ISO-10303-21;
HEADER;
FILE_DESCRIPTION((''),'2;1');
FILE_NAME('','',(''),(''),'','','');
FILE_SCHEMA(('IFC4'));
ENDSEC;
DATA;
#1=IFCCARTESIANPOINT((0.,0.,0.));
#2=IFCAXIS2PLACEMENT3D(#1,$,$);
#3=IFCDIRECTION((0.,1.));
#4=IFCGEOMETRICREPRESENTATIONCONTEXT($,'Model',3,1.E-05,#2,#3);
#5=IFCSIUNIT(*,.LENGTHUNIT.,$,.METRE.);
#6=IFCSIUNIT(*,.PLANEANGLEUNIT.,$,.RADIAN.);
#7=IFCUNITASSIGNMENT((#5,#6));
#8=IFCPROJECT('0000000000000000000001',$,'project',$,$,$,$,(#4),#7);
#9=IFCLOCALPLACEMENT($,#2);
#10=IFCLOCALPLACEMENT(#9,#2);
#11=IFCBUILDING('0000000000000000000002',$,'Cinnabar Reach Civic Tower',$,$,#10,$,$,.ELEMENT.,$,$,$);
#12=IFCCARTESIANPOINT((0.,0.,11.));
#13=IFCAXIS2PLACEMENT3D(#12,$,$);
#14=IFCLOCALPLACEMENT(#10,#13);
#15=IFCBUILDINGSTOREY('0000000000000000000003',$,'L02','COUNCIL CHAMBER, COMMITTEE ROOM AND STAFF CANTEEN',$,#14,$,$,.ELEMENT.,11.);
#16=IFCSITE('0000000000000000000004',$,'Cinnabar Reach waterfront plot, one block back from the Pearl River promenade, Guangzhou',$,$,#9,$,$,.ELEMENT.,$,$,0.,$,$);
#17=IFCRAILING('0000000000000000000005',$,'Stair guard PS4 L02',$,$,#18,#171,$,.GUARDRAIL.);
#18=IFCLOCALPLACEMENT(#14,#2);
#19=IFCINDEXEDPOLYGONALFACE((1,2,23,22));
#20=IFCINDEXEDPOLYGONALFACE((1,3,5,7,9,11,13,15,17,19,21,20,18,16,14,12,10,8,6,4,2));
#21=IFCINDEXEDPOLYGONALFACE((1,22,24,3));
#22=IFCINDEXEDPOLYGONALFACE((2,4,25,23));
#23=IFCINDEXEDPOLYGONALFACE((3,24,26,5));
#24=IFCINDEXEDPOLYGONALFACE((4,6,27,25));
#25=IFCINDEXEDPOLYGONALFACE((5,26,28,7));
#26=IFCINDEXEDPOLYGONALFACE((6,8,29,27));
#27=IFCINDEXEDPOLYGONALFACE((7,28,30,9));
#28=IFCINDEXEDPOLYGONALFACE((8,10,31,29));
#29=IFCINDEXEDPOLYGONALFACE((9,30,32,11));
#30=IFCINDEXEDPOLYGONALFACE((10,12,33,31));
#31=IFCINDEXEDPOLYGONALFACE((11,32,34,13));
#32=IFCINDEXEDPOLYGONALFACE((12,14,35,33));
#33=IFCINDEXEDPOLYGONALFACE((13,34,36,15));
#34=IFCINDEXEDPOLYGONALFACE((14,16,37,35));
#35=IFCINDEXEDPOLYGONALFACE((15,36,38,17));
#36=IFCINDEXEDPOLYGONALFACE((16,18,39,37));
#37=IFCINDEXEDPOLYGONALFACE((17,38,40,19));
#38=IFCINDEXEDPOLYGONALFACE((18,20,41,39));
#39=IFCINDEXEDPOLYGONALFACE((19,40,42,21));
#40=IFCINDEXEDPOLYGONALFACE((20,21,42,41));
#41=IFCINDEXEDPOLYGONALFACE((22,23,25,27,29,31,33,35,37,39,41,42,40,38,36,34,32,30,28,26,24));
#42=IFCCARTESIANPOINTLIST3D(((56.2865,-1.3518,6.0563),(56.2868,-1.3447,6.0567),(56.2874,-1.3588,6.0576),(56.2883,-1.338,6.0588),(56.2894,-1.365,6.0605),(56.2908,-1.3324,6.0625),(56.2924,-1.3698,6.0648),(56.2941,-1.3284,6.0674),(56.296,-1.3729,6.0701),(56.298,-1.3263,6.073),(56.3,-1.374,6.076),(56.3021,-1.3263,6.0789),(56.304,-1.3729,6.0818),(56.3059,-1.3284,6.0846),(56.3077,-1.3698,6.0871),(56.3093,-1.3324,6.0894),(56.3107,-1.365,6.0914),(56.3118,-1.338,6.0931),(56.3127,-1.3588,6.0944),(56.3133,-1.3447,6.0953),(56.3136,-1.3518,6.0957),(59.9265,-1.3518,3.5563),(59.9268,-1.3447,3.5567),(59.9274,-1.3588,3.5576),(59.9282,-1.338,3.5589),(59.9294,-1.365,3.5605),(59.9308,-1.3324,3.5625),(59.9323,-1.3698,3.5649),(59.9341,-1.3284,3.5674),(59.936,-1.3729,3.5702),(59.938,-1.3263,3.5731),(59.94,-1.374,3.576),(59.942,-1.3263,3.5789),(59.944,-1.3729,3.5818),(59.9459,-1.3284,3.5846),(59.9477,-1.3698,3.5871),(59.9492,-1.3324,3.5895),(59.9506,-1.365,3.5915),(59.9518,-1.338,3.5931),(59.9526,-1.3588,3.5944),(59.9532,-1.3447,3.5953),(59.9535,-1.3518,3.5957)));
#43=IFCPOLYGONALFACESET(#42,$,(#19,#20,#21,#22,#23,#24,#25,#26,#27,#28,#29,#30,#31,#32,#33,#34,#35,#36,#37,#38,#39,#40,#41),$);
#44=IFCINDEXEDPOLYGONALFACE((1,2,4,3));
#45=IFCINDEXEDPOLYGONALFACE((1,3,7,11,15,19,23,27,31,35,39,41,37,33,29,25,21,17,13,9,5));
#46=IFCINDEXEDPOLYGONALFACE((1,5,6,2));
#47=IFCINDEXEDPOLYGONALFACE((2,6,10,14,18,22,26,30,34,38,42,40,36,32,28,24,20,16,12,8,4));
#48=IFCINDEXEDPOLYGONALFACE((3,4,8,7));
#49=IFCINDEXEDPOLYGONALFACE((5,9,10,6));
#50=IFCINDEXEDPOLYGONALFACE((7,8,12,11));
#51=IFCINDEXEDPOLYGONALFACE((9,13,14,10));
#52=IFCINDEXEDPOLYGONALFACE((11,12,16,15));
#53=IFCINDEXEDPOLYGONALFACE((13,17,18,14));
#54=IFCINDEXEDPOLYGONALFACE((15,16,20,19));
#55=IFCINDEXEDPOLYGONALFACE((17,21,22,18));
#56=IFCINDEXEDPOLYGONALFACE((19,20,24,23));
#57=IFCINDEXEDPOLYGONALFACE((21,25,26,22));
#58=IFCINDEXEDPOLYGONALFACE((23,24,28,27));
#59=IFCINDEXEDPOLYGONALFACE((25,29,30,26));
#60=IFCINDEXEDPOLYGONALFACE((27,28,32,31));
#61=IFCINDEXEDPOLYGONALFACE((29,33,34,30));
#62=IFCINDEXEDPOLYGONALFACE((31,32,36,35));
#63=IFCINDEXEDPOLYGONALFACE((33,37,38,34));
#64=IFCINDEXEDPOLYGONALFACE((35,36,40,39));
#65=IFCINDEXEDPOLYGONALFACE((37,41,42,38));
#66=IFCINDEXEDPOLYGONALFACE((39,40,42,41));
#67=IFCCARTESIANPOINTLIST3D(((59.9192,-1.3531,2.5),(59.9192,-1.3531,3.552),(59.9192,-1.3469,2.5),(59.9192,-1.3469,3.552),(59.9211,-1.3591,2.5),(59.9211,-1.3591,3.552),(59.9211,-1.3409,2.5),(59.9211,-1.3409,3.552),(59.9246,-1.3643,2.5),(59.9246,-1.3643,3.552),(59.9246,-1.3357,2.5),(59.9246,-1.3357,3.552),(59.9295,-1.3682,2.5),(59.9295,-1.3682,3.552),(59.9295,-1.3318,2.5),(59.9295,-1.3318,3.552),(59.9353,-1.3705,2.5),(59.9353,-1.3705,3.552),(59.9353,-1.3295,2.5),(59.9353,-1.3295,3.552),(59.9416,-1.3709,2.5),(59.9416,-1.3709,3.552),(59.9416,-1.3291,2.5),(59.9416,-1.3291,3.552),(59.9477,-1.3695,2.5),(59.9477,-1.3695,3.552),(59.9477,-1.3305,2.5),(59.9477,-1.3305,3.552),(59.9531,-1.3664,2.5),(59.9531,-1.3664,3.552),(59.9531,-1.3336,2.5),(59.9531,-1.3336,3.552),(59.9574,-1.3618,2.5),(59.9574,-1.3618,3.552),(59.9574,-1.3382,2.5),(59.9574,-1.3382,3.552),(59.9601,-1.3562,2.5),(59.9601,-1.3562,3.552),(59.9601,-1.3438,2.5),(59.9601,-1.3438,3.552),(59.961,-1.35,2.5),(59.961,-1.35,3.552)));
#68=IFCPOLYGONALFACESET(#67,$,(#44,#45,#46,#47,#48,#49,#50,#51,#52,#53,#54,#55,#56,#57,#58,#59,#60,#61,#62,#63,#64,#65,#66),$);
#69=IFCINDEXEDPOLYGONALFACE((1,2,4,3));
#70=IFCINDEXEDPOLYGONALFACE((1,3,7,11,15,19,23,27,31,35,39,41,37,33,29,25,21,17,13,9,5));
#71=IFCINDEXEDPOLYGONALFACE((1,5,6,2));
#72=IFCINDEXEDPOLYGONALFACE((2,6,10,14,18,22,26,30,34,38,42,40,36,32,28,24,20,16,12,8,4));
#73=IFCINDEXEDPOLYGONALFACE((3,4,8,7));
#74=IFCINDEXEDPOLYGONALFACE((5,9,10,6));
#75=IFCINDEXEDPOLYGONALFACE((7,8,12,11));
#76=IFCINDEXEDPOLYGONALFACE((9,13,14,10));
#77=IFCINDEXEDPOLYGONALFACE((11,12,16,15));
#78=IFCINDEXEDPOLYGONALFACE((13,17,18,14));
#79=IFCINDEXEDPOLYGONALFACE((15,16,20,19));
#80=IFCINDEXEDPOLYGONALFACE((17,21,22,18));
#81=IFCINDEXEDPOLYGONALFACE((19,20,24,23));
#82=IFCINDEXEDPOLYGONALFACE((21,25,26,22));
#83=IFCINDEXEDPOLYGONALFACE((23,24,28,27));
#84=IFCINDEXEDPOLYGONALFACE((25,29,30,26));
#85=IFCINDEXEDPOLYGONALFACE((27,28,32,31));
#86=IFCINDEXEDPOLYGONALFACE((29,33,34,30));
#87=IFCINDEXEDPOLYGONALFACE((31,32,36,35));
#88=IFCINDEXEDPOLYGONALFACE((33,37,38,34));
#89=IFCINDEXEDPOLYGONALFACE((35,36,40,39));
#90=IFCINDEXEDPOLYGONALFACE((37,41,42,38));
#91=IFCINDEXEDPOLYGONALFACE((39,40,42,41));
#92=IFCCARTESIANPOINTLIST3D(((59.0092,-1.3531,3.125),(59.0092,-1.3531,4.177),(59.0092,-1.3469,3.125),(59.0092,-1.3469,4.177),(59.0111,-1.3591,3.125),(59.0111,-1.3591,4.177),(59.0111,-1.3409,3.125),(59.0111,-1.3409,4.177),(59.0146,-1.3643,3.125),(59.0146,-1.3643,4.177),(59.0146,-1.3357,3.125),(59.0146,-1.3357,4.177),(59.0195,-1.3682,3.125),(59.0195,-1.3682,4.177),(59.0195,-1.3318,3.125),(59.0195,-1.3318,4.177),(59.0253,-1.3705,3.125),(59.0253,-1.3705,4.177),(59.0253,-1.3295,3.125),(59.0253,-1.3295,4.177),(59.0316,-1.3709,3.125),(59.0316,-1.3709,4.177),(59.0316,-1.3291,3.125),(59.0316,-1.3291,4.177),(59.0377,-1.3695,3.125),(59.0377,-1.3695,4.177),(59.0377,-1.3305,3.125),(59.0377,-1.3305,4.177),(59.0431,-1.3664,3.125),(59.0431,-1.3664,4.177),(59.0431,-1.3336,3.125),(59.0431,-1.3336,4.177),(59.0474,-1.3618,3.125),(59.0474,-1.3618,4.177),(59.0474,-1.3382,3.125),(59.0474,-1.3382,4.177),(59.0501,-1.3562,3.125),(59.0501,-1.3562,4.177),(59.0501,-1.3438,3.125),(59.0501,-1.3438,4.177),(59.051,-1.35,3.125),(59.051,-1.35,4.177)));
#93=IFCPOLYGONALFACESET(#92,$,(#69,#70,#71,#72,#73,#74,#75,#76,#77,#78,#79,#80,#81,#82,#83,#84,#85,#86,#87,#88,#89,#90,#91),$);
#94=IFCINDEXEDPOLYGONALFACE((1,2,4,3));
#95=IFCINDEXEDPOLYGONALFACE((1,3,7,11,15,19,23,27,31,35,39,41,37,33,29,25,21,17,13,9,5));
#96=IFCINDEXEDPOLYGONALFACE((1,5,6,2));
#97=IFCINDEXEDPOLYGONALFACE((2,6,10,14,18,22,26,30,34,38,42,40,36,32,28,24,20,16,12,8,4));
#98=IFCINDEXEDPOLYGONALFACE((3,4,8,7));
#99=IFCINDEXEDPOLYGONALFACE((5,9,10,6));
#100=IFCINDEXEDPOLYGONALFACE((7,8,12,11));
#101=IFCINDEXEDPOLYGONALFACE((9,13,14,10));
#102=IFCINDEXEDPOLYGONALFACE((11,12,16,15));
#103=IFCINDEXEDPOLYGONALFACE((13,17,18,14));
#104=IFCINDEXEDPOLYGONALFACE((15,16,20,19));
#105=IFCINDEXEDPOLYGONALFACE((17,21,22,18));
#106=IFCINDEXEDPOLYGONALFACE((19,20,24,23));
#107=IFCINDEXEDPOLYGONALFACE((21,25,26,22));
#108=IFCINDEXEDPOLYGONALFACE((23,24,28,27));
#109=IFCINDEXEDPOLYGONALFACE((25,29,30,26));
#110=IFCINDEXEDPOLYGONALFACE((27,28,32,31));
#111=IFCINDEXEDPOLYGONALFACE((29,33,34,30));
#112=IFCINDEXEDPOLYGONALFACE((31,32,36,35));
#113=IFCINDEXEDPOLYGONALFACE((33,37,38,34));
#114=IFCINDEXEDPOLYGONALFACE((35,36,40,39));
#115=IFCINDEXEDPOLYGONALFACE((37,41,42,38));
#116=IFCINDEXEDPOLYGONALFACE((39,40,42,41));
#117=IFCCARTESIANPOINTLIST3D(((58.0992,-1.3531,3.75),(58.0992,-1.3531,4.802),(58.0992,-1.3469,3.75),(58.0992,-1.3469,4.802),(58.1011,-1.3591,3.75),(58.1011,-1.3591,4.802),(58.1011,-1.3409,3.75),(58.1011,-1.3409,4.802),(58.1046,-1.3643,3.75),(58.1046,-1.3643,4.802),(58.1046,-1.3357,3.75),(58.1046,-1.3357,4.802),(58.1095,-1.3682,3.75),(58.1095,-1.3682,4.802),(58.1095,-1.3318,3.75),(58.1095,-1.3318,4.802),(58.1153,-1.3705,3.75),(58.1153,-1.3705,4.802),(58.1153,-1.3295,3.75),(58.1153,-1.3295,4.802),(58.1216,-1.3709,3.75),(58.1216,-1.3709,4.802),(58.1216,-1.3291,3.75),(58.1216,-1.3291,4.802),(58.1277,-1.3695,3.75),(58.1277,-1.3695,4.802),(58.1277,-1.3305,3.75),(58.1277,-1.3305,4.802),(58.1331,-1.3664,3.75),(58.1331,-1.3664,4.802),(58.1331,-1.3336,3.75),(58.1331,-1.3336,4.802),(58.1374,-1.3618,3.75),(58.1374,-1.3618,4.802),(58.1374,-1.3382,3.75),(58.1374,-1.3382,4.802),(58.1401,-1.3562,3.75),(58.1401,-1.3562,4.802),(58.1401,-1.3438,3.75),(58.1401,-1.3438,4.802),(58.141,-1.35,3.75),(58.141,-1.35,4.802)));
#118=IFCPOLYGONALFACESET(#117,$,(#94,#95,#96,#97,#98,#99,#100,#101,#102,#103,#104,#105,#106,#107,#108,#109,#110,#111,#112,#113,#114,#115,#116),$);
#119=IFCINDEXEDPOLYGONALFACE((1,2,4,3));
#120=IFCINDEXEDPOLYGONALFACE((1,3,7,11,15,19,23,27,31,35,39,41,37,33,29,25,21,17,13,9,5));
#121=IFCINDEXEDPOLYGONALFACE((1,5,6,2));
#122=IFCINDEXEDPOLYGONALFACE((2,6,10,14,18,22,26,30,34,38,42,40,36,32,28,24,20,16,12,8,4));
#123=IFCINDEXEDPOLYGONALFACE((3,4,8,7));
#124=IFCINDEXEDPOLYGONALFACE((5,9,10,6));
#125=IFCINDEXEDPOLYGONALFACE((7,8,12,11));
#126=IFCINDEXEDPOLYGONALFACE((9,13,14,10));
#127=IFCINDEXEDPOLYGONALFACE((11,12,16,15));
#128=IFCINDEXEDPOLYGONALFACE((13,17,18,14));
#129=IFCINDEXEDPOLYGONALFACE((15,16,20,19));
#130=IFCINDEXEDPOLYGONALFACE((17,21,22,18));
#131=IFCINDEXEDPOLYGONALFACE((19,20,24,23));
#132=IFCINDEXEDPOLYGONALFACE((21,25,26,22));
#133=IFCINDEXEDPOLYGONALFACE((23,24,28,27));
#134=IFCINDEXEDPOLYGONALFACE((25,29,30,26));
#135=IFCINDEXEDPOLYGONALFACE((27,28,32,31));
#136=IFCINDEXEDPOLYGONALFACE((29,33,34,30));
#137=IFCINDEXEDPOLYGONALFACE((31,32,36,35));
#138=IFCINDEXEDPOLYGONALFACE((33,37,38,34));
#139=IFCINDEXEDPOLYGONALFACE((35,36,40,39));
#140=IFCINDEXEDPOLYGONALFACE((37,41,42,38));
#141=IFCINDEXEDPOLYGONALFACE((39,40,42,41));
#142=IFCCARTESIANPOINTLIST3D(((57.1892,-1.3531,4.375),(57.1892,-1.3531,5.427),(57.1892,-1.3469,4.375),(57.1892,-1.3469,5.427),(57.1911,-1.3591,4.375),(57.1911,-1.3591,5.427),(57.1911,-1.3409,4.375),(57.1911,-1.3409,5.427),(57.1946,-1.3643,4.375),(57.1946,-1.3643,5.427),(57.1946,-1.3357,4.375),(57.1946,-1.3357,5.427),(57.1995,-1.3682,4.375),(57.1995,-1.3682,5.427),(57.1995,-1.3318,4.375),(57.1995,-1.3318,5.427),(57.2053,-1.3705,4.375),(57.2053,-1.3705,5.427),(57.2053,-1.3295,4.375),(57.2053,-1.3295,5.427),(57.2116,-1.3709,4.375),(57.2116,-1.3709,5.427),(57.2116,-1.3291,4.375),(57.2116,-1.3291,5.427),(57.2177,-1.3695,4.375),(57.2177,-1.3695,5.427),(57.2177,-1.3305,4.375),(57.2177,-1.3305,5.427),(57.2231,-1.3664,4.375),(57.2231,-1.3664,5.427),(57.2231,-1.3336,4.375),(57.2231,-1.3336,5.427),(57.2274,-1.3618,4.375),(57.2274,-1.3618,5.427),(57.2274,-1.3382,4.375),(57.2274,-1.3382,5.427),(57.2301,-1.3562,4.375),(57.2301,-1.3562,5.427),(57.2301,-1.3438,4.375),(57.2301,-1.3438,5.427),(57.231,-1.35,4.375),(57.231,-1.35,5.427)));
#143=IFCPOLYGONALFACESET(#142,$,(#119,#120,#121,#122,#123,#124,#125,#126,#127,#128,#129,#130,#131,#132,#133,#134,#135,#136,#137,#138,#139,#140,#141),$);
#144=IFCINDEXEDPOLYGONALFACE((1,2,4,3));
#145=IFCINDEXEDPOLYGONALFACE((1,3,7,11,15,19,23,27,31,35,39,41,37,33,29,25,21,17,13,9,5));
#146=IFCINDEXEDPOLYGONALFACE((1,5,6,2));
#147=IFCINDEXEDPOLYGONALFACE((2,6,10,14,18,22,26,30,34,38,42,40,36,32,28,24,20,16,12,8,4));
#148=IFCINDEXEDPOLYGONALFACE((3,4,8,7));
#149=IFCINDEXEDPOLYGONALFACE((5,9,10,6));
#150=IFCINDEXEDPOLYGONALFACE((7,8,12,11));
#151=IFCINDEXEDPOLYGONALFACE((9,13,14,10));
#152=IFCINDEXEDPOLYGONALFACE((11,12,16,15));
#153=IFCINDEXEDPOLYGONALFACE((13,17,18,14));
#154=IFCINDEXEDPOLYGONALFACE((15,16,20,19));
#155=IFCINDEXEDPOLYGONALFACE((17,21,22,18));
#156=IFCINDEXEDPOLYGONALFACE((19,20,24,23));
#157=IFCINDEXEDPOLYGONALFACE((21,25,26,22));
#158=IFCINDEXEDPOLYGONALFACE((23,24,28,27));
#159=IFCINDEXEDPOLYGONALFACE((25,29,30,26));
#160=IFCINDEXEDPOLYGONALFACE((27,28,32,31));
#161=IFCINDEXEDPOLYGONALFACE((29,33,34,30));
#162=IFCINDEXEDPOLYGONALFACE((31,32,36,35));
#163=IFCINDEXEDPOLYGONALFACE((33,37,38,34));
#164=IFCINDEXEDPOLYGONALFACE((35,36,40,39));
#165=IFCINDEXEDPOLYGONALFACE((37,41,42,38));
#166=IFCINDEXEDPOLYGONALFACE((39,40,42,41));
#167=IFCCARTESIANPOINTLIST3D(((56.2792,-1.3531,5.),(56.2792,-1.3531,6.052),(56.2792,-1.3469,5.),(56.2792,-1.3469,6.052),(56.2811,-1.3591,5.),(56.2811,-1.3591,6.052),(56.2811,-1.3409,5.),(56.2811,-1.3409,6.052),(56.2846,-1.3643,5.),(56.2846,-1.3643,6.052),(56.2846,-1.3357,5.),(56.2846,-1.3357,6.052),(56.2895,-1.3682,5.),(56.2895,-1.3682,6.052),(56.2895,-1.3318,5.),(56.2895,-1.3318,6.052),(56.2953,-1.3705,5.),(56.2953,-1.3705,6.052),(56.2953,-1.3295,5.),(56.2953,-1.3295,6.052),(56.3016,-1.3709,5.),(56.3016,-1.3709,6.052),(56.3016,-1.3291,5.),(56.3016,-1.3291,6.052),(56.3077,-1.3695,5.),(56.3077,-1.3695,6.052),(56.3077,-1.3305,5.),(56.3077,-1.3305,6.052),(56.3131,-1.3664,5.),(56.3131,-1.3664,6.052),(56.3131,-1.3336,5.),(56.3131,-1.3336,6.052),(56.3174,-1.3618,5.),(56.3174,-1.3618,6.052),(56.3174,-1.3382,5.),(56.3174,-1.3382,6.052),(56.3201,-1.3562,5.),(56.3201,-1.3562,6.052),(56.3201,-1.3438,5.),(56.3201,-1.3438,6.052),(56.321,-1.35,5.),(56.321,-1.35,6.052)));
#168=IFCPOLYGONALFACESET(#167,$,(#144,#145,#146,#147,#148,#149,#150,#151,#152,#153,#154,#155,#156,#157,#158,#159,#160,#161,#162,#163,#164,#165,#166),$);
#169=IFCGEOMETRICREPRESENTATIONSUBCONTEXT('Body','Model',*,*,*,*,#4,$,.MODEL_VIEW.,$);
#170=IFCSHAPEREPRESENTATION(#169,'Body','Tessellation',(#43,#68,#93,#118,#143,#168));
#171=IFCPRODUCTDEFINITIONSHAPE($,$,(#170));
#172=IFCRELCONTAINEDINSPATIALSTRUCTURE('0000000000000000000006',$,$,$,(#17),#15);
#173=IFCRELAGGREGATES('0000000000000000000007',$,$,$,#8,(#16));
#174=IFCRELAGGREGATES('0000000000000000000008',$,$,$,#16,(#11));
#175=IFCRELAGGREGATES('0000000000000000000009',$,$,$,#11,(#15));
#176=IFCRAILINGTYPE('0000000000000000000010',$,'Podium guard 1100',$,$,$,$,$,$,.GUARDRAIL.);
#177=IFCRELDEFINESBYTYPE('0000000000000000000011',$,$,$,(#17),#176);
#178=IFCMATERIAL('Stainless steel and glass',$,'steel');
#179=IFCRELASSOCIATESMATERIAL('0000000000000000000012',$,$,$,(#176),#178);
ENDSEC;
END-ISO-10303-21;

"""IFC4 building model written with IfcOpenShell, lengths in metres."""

from ifc_helpers import new_model, si_unit, direction, frame, origin, origin_2d, place, context, subcontext, project, spatial, circle, extrude, material, type_object, element, save


model = new_model("IFC4")

# Units and contexts
model_context = context("Model", 3, precision=1e-05, world=origin(), true_north=direction((0.0, 1.0)))
body_context = subcontext(model_context, "Body", "Model", "MODEL_VIEW")
ifc_project = project(units=[si_unit("LENGTHUNIT", "METRE"), si_unit("PLANEANGLEUNIT", "RADIAN")], contexts=[model_context])

# Site, building, storey
site_placement = place(None, origin())
site = spatial("IfcSite", under=ifc_project, at=site_placement, Name="Cinnabar Reach waterfront plot, one block back from the Pearl River promenade, Guangzhou", CompositionType="ELEMENT", RefElevation=0.0)
building_placement = place(site_placement, origin())
building = spatial("IfcBuilding", under=site, at=building_placement, Name="Cinnabar Reach Civic Tower", CompositionType="ELEMENT")
storey_placement = place(building_placement, frame((0.0, 0.0, 11.0)))
storey = spatial("IfcBuildingStorey", under=building, at=storey_placement, Name="L02", Description="COUNCIL CHAMBER, COMMITTEE ROOM AND STAFF CANTEEN", CompositionType="ELEMENT", Elevation=11.0)

# Railing
ifc_material_1 = material(Name="Stainless steel and glass", Category="steel")
railing_type = type_object("IfcRailingType", Name="Podium guard 1100", PredefinedType="GUARDRAIL", material=ifc_material_1)
railing_1_placement = place(storey_placement, frame((59.94, -1.35, 2.5)))
element("IfcRailing", 1, at=railing_1_placement, inside=storey, type_object=railing_type, Name="Stair guard PS4 L02", PredefinedType="GUARDRAIL", context=body_context, shape_type="SweptSolid", body=[
    extrude(circle(Radius=0.024, at=origin_2d()), frame((0.0, 0.0, 1.076), z_axis=(-0.824306, 0.0, 0.566144), x_axis=(0.0, -1.0, 0.0)), (0.0, 0.0, 1.0), 4.4158),
    extrude(circle(Radius=0.021, at=origin_2d()), origin(), (0.0, 0.0, 1.0), 1.052),
    extrude(circle(Radius=0.021, at=origin_2d()), frame((-0.91, 0.0, 0.625)), (0.0, 0.0, 1.0), 1.052),
    extrude(circle(Radius=0.021, at=origin_2d()), frame((-1.82, 0.0, 1.25)), (0.0, 0.0, 1.0), 1.052),
    extrude(circle(Radius=0.021, at=origin_2d()), frame((-2.73, 0.0, 1.875)), (0.0, 0.0, 1.0), 1.052),
    extrude(circle(Radius=0.021, at=origin_2d()), frame((-3.64, 0.0, 2.5)), (0.0, 0.0, 1.0), 1.052),
])

save(model, "model.ifc")
